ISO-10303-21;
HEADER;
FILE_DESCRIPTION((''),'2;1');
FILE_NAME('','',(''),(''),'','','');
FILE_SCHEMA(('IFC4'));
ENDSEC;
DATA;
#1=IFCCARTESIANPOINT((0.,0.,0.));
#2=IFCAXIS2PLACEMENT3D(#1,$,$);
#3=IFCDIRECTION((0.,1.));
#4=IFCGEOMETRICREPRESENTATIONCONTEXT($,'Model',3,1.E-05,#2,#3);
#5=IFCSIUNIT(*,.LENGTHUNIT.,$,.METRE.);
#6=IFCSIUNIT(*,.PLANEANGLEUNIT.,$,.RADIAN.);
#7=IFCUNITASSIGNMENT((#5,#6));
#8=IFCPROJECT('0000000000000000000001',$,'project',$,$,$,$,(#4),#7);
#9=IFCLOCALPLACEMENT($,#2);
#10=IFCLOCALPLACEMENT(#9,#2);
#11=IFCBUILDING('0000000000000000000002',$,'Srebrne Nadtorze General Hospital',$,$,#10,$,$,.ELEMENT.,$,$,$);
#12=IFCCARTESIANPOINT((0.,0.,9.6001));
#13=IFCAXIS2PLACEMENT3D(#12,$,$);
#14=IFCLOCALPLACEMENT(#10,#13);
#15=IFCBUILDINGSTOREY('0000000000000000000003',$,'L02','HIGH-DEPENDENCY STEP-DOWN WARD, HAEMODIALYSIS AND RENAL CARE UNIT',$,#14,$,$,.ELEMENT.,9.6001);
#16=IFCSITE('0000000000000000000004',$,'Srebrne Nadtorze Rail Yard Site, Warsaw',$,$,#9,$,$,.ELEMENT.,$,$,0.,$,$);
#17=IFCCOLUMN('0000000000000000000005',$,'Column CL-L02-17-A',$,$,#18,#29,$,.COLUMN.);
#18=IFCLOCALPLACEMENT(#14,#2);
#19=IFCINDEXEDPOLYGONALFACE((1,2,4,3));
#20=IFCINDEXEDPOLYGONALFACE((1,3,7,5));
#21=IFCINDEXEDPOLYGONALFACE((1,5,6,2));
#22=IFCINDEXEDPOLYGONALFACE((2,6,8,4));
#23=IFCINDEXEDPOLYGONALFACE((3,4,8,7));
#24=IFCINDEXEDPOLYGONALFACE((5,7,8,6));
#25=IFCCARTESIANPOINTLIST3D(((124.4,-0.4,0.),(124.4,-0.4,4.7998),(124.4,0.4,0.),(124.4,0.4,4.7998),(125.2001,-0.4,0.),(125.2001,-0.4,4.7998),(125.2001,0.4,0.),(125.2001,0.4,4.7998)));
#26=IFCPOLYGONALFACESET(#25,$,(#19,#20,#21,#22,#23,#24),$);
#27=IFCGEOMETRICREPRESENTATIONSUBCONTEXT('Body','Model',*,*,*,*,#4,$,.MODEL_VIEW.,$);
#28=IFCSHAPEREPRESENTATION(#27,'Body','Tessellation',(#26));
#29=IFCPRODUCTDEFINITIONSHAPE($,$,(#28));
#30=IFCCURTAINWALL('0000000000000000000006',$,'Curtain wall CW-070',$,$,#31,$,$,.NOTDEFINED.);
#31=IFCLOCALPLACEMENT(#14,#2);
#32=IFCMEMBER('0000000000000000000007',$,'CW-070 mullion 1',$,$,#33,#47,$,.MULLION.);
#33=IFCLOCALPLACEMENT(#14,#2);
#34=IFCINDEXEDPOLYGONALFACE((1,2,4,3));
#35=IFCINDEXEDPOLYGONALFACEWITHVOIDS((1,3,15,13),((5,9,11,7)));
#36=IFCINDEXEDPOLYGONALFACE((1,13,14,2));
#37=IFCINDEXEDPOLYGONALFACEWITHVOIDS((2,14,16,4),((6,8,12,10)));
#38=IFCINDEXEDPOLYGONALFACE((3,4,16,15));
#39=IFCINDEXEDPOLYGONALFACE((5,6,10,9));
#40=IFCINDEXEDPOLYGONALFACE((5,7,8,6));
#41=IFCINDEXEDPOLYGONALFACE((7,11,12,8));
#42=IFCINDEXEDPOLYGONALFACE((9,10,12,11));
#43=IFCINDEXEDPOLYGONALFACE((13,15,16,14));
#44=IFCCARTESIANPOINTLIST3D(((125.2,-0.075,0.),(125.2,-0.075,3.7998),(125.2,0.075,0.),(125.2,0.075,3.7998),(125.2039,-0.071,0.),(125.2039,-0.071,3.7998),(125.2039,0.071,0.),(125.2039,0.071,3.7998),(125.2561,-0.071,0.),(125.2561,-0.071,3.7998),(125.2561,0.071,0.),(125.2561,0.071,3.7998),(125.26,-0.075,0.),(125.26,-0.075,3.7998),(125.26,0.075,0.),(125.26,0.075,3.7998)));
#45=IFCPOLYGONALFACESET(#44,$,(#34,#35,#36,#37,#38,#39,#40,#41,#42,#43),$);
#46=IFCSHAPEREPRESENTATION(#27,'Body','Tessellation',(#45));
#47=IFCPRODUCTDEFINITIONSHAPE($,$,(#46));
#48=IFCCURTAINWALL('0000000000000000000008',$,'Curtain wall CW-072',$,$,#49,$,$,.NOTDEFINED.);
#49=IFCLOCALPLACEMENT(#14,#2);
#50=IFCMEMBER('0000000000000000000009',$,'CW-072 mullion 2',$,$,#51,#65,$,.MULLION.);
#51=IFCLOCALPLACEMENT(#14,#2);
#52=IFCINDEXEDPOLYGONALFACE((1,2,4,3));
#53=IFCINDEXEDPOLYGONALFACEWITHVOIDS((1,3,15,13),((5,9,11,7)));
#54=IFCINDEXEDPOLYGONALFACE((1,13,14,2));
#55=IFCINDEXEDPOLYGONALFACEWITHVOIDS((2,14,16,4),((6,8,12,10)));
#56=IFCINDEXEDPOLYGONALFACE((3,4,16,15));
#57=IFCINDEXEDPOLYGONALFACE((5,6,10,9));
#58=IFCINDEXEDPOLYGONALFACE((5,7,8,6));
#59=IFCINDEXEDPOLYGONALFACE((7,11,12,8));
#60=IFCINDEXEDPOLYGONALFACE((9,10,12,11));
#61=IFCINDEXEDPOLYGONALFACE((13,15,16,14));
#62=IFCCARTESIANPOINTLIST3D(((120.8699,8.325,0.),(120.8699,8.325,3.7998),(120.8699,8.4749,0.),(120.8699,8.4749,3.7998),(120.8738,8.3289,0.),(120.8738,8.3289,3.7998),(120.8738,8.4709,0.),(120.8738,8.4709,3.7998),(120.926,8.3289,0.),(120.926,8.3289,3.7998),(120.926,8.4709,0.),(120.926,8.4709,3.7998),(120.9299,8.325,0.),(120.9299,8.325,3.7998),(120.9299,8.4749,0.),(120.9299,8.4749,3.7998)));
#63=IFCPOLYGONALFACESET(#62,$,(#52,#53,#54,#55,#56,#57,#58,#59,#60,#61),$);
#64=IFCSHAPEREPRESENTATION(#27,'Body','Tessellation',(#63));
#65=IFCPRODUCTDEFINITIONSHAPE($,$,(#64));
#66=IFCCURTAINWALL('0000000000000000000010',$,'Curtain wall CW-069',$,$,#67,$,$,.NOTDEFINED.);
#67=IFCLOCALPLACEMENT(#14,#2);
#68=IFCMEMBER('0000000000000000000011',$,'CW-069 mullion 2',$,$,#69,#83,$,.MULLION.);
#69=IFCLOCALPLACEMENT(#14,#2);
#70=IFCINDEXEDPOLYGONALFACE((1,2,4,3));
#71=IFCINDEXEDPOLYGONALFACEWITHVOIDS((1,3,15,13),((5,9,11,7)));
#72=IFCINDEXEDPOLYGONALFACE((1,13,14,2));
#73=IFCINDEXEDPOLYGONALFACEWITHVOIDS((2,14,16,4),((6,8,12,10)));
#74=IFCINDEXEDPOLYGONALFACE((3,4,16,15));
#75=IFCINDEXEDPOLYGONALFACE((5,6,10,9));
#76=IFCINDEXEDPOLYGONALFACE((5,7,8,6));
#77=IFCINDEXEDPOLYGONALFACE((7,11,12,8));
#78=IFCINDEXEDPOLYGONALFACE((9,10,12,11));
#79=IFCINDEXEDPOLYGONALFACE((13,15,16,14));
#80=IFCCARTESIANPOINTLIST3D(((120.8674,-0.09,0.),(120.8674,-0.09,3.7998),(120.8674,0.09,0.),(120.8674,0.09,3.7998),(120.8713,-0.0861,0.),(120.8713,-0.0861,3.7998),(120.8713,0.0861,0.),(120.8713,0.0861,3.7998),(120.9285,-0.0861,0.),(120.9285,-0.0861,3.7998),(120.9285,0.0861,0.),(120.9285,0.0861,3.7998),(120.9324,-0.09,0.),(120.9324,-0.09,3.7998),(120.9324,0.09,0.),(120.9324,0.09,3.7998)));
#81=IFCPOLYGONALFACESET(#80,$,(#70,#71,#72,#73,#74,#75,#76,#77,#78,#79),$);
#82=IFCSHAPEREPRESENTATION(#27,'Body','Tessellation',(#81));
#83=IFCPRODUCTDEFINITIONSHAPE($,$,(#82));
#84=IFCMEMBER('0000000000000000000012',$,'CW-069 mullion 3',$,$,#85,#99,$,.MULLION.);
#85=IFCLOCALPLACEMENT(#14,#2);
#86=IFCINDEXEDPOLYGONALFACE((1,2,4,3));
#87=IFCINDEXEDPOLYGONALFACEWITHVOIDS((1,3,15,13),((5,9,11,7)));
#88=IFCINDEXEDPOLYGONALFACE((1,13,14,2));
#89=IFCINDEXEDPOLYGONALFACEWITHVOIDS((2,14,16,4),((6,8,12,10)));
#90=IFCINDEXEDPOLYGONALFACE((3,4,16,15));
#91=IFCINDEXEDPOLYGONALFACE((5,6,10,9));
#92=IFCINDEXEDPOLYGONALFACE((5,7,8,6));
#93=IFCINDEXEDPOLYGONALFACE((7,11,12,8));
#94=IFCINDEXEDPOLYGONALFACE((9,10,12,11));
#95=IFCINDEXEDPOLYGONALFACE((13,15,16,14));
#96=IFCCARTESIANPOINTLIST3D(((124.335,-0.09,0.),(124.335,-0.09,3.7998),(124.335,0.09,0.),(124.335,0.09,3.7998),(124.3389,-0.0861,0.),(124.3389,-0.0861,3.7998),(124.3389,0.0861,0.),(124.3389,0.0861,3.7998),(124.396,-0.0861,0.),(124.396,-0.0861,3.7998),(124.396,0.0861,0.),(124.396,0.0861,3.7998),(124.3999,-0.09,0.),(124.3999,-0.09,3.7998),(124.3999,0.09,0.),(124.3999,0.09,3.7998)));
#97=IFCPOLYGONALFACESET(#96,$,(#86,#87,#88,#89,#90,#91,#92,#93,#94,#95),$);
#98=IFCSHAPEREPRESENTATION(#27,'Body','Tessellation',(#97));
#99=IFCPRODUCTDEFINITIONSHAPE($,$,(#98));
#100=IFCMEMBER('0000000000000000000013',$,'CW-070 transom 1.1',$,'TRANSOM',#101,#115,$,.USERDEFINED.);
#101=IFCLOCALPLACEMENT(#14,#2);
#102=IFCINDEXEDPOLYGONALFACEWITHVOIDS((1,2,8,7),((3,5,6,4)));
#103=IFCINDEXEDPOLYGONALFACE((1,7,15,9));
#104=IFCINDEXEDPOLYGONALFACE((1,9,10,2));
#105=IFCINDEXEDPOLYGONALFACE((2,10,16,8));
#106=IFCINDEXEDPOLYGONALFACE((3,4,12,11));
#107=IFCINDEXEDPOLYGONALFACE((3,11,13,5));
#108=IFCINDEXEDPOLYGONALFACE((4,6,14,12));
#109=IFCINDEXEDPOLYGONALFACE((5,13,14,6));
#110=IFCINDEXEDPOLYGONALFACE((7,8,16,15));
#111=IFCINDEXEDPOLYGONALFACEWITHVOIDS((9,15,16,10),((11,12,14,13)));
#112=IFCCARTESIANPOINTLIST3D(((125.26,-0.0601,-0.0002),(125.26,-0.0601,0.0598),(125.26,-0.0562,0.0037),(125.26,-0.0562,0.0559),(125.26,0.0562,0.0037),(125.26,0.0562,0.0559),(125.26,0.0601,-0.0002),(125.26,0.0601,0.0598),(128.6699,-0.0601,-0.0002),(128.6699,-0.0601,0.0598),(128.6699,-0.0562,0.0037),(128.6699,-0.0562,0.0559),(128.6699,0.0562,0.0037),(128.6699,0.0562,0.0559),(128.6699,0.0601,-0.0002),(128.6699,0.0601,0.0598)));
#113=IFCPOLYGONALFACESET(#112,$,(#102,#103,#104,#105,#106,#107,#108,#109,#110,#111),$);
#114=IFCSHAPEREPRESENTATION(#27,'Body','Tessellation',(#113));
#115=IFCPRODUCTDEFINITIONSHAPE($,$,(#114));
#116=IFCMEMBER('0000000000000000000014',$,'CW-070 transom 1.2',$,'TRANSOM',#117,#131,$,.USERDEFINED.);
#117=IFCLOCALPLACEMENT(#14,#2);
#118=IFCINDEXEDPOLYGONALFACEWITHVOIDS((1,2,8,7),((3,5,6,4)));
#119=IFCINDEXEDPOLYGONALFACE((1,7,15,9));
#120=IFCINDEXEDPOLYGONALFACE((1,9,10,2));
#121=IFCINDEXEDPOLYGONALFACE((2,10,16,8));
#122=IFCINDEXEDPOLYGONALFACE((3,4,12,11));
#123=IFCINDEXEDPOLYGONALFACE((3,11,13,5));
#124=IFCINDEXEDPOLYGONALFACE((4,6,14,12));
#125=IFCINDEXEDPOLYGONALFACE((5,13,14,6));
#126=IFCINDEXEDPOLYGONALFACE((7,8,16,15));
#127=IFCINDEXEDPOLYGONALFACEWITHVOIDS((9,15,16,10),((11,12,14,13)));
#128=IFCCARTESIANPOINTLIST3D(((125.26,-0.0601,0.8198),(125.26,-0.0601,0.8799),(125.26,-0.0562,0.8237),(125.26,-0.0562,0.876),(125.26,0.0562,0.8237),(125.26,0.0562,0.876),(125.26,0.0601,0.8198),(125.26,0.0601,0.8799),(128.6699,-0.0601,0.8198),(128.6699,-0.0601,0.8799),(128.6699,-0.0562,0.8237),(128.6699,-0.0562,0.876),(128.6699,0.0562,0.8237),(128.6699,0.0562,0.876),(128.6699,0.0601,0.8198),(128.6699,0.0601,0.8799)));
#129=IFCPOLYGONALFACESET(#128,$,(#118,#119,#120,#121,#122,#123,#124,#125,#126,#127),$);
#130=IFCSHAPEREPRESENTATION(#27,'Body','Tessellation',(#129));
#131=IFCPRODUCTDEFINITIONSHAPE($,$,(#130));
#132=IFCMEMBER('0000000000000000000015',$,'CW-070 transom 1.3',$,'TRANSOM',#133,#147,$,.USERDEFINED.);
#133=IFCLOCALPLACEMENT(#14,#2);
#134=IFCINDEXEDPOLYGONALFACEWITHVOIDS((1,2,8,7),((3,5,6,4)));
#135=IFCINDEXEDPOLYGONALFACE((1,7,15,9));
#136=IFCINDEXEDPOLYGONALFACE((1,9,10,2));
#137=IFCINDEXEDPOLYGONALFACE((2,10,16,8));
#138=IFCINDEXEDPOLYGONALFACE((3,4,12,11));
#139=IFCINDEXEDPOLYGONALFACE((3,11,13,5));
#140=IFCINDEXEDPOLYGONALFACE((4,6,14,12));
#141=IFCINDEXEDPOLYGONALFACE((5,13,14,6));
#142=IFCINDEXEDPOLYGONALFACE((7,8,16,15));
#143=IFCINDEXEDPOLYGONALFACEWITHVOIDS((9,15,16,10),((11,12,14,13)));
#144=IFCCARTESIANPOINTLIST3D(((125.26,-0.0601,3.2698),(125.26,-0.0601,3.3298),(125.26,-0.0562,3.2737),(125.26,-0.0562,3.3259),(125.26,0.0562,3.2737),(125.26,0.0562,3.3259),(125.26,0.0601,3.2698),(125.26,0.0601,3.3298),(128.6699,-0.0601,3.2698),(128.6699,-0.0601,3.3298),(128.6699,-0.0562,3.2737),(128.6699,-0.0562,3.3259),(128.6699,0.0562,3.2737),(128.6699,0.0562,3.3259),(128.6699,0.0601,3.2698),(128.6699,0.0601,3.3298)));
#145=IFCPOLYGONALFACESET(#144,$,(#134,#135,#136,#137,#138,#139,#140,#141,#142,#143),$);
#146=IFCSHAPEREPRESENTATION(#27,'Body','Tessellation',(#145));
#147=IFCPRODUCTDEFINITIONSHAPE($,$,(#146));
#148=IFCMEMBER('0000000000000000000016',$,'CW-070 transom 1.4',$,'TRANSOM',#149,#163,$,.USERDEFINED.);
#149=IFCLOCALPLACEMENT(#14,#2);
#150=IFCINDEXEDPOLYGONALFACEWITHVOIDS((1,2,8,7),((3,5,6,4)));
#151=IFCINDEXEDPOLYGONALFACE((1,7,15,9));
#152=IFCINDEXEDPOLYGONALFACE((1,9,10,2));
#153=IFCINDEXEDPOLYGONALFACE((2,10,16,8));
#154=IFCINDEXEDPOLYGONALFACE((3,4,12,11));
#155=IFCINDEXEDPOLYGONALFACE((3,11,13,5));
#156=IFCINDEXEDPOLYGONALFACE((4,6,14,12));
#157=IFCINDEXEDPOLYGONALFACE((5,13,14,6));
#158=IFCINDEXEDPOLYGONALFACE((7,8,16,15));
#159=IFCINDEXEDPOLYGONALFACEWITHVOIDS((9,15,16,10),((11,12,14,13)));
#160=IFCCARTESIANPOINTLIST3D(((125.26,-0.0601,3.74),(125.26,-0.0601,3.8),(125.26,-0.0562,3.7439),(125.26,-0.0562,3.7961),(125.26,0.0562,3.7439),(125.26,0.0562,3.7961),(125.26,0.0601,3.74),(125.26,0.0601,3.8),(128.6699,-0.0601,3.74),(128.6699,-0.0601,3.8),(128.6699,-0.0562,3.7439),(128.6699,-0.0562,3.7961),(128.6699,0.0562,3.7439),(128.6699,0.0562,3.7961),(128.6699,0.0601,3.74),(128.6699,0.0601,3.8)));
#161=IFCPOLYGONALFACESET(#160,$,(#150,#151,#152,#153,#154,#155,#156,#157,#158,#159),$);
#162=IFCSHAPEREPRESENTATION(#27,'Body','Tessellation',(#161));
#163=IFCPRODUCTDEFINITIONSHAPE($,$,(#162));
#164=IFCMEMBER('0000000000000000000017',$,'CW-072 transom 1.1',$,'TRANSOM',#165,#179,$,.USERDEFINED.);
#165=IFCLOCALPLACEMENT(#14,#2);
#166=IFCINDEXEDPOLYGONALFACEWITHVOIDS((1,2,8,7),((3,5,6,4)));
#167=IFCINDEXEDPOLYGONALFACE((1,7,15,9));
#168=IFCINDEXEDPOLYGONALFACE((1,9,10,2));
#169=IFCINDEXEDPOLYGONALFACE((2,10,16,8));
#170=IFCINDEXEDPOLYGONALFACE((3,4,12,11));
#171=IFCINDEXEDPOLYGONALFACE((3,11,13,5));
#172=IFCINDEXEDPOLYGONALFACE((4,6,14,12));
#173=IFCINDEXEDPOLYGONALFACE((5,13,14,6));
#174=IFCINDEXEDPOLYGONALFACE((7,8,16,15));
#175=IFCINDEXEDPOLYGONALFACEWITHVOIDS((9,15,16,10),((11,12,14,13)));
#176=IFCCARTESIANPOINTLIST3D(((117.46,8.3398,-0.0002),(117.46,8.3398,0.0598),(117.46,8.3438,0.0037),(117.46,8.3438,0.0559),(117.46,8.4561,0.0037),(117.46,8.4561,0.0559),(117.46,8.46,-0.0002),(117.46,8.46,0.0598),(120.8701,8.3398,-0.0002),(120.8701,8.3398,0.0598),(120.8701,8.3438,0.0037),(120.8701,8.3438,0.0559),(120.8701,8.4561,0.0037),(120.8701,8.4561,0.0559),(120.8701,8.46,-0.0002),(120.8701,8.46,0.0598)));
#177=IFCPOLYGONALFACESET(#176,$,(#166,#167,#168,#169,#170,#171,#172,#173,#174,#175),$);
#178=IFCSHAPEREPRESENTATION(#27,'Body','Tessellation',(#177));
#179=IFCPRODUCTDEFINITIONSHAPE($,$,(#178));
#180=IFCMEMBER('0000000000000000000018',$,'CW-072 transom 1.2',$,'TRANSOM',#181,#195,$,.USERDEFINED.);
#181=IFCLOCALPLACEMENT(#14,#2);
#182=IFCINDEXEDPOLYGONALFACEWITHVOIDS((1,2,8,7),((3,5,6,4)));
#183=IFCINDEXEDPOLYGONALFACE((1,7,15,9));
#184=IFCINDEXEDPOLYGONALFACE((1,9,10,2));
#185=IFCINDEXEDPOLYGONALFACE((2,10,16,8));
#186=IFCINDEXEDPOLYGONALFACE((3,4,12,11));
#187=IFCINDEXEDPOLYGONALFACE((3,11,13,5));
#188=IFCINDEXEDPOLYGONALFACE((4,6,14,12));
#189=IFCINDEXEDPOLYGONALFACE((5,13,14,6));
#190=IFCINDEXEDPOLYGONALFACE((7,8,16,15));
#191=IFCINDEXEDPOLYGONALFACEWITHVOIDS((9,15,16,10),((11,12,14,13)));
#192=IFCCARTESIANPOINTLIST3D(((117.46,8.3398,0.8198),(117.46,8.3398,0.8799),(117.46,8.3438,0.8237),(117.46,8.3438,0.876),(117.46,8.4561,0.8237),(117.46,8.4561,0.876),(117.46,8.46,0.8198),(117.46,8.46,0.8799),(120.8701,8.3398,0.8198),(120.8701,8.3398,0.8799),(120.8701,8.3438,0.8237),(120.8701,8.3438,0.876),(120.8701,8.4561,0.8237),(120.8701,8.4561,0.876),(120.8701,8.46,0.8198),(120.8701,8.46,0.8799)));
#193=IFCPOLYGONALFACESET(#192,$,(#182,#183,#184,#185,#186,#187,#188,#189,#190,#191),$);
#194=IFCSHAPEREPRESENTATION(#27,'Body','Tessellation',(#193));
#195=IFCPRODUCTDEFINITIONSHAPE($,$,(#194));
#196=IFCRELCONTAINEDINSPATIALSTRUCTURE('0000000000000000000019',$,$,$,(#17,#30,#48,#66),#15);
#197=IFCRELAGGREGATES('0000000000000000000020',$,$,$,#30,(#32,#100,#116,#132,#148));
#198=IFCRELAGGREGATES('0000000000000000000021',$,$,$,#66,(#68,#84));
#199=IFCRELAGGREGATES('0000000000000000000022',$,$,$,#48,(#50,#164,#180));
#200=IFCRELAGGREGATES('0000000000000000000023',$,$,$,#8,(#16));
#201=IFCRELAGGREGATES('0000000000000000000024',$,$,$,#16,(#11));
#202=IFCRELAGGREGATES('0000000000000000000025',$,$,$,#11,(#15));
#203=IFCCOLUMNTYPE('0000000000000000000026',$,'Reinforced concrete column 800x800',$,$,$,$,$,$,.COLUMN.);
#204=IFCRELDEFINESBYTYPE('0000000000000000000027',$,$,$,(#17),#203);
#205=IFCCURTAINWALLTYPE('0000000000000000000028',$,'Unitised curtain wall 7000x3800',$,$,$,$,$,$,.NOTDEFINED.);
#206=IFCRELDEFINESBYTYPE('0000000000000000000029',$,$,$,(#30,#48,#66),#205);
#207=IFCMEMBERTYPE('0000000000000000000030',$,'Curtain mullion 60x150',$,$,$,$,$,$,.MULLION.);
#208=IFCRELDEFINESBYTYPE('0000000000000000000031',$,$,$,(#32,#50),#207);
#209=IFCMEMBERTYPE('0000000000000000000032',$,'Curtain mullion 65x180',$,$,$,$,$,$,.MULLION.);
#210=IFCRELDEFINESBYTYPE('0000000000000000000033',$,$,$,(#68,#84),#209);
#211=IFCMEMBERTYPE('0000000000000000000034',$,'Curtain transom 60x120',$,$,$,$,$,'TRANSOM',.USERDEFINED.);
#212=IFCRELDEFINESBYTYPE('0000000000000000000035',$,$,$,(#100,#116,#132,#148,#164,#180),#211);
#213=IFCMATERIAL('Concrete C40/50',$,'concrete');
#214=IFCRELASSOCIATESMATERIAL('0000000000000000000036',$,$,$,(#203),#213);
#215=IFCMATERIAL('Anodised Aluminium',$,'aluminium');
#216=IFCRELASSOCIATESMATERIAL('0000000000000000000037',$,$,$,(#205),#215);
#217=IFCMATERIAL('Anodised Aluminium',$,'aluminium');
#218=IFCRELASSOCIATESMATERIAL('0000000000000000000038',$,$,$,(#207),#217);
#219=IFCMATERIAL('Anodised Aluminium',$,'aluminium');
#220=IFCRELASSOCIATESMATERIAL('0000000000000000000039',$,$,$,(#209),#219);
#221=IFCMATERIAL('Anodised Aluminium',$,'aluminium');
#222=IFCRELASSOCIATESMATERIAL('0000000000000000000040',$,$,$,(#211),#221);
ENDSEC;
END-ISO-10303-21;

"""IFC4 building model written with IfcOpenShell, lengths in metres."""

from ifc_helpers import new_model, si_unit, direction, frame, origin, origin_2d, place, context, subcontext, project, spatial, rectangle, hollow_rectangle, extrude, material, material_profile, profile_set, type_object, element, aggregate, save


model = new_model("IFC4")

# Units and contexts
model_context = context("Model", 3, precision=1e-05, world=origin(), true_north=direction((0.0, 1.0)))
body_context = subcontext(model_context, "Body", "Model", "MODEL_VIEW")
ifc_project = project(units=[si_unit("LENGTHUNIT", "METRE"), si_unit("PLANEANGLEUNIT", "RADIAN")], contexts=[model_context])

# Site, building, storey
site_placement = place(None, origin())
site = spatial("IfcSite", under=ifc_project, at=site_placement, Name="Srebrne Nadtorze Rail Yard Site, Warsaw", CompositionType="ELEMENT", RefElevation=0.0)
building_placement = place(site_placement, origin())
building = spatial("IfcBuilding", under=site, at=building_placement, Name="Srebrne Nadtorze General Hospital", CompositionType="ELEMENT")
storey_placement = place(building_placement, frame((0.0, 0.0, 9.6001)))
storey = spatial("IfcBuildingStorey", under=building, at=storey_placement, Name="L02", Description="HIGH-DEPENDENCY STEP-DOWN WARD, HAEMODIALYSIS AND RENAL CARE UNIT", CompositionType="ELEMENT", Elevation=9.6001)

# Column
ifc_material_1 = material(Name="Concrete C40/50", Category="concrete")
ifc_material_profile_1 = material_profile(ifc_material_1, rectangle(XDim=0.8, YDim=0.8, at=origin_2d()), Name="RC-COL-800x800")
ifc_profile_set_1 = profile_set([ifc_material_profile_1], Name="Concrete C40/50")
column_type = type_object("IfcColumnType", Name="Reinforced concrete column 800x800", PredefinedType="COLUMN", material=ifc_profile_set_1)
column_placement = place(storey_placement, frame((124.8, 0.0, 0.0), z_axis=(0.0, 0.0, 1.0), x_axis=(1.0, 0.0, 0.0)))
element("IfcColumn", 1, at=column_placement, inside=storey, type_object=column_type, Name="Column CL-L02-17-A", PredefinedType="COLUMN", context=body_context, shape_type="SweptSolid", body=[
    extrude(rectangle(XDim=0.8, YDim=0.8, at=origin_2d()), origin(), (0.0, 0.0, 1.0), 4.7998),
])

# Curtain walls, members
ifc_material_2 = material(Name="Anodised Aluminium", Category="aluminium")
curtain_wall_type = type_object("IfcCurtainWallType", Name="Unitised curtain wall 7000x3800", PredefinedType="NOTDEFINED", material=ifc_material_2)
curtain_wall_1_placement = place(storey_placement, origin())
curtain_wall_1 = element("IfcCurtainWall", 2, at=curtain_wall_1_placement, inside=storey, type_object=curtain_wall_type, Name="Curtain wall CW-070", PredefinedType="NOTDEFINED")
ifc_material_3 = material(Name="Anodised Aluminium", Category="aluminium")
ifc_material_profile_2 = material_profile(ifc_material_3, hollow_rectangle(XDim=0.0601, YDim=0.1499, WallThickness=0.0039, at=origin_2d()), Name="AL-MUL-60x150")
ifc_profile_set_2 = profile_set([ifc_material_profile_2], Name="Anodised Aluminium")
member_type_1 = type_object("IfcMemberType", Name="Curtain mullion 60x150", PredefinedType="MULLION", material=ifc_profile_set_2)
member_1_placement = place(storey_placement, frame((125.23, 0.0, 0.0), z_axis=(0.0, 0.0, 1.0), x_axis=(1.0, 0.0, 0.0)))
member_1 = element("IfcMember", 3, at=member_1_placement, type_object=member_type_1, Name="CW-070 mullion 1", PredefinedType="MULLION", context=body_context, shape_type="SweptSolid", body=[
    extrude(hollow_rectangle(XDim=0.0601, YDim=0.1499, WallThickness=0.0039, at=origin_2d()), origin(), (0.0, 0.0, 1.0), 3.7998),
])
curtain_wall_2_placement = place(storey_placement, origin())
curtain_wall_2 = element("IfcCurtainWall", 4, at=curtain_wall_2_placement, inside=storey, type_object=curtain_wall_type, Name="Curtain wall CW-072", PredefinedType="NOTDEFINED")
member_2_placement = place(storey_placement, frame((120.8999, 8.3999, 0.0), z_axis=(0.0, 0.0, 1.0), x_axis=(1.0, 0.0, 0.0)))
member_2 = element("IfcMember", 5, at=member_2_placement, type_object=member_type_1, Name="CW-072 mullion 2", PredefinedType="MULLION", context=body_context, shape_type="SweptSolid", body=[
    extrude(hollow_rectangle(XDim=0.0601, YDim=0.1499, WallThickness=0.0039, at=origin_2d()), origin(), (0.0, 0.0, 1.0), 3.7998),
])

# Curtain wall, members
curtain_wall_3_placement = place(storey_placement, origin())
curtain_wall_3 = element("IfcCurtainWall", 6, at=curtain_wall_3_placement, inside=storey, type_object=curtain_wall_type, Name="Curtain wall CW-069", PredefinedType="NOTDEFINED")
ifc_material_4 = material(Name="Anodised Aluminium", Category="aluminium")
ifc_material_profile_3 = material_profile(ifc_material_4, hollow_rectangle(XDim=0.0649, YDim=0.1799, WallThickness=0.0039, at=origin_2d()), Name="AL-MUL-65x180")
ifc_profile_set_3 = profile_set([ifc_material_profile_3], Name="Anodised Aluminium")
member_type_2 = type_object("IfcMemberType", Name="Curtain mullion 65x180", PredefinedType="MULLION", material=ifc_profile_set_3)
member_3_placement = place(storey_placement, frame((120.8999, 0.0, 0.0), z_axis=(0.0, 0.0, 1.0), x_axis=(1.0, 0.0, 0.0)))
member_3 = element("IfcMember", 7, at=member_3_placement, type_object=member_type_2, Name="CW-069 mullion 2", PredefinedType="MULLION", context=body_context, shape_type="SweptSolid", body=[
    extrude(hollow_rectangle(XDim=0.0649, YDim=0.1799, WallThickness=0.0039, at=origin_2d()), origin(), (0.0, 0.0, 1.0), 3.7998),
])
member_4_placement = place(storey_placement, frame((124.3674, 0.0, 0.0), z_axis=(0.0, 0.0, 1.0), x_axis=(1.0, 0.0, 0.0)))
member_4 = element("IfcMember", 8, at=member_4_placement, type_object=member_type_2, Name="CW-069 mullion 3", PredefinedType="MULLION", context=body_context, shape_type="SweptSolid", body=[
    extrude(hollow_rectangle(XDim=0.0649, YDim=0.1799, WallThickness=0.0039, at=origin_2d()), origin(), (0.0, 0.0, 1.0), 3.7998),
])

# Members
ifc_material_5 = material(Name="Anodised Aluminium", Category="aluminium")
ifc_material_profile_4 = material_profile(ifc_material_5, hollow_rectangle(XDim=0.0601, YDim=0.1201, WallThickness=0.0039, at=origin_2d()), Name="AL-TRN-60x120")
ifc_profile_set_4 = profile_set([ifc_material_profile_4], Name="Anodised Aluminium")
member_type_3 = type_object("IfcMemberType", Name="Curtain transom 60x120", ElementType="TRANSOM", PredefinedType="USERDEFINED", material=ifc_profile_set_4)
member_5_placement = place(storey_placement, frame((125.26, 0.0, 0.0298), z_axis=(1.0, 0.0, 0.0), x_axis=(0.0, 0.0, 1.0)))
member_5 = element("IfcMember", 9, at=member_5_placement, type_object=member_type_3, Name="CW-070 transom 1.1", ObjectType="TRANSOM", PredefinedType="USERDEFINED", context=body_context, shape_type="SweptSolid", body=[
    extrude(hollow_rectangle(XDim=0.0601, YDim=0.1201, WallThickness=0.0039, at=origin_2d()), origin(), (0.0, 0.0, 1.0), 3.4099),
])
member_6_placement = place(storey_placement, frame((125.26, 0.0, 0.8499), z_axis=(1.0, 0.0, 0.0), x_axis=(0.0, 0.0, 1.0)))
member_6 = element("IfcMember", 10, at=member_6_placement, type_object=member_type_3, Name="CW-070 transom 1.2", ObjectType="TRANSOM", PredefinedType="USERDEFINED", context=body_context, shape_type="SweptSolid", body=[
    extrude(hollow_rectangle(XDim=0.0601, YDim=0.1201, WallThickness=0.0039, at=origin_2d()), origin(), (0.0, 0.0, 1.0), 3.4099),
])
member_7_placement = place(storey_placement, frame((125.26, 0.0, 3.2998), z_axis=(1.0, 0.0, 0.0), x_axis=(0.0, 0.0, 1.0)))
member_7 = element("IfcMember", 11, at=member_7_placement, type_object=member_type_3, Name="CW-070 transom 1.3", ObjectType="TRANSOM", PredefinedType="USERDEFINED", context=body_context, shape_type="SweptSolid", body=[
    extrude(hollow_rectangle(XDim=0.0601, YDim=0.1201, WallThickness=0.0039, at=origin_2d()), origin(), (0.0, 0.0, 1.0), 3.4099),
])
member_8_placement = place(storey_placement, frame((125.26, 0.0, 3.77), z_axis=(1.0, 0.0, 0.0), x_axis=(0.0, 0.0, 1.0)))
member_8 = element("IfcMember", 12, at=member_8_placement, type_object=member_type_3, Name="CW-070 transom 1.4", ObjectType="TRANSOM", PredefinedType="USERDEFINED", context=body_context, shape_type="SweptSolid", body=[
    extrude(hollow_rectangle(XDim=0.0601, YDim=0.1201, WallThickness=0.0039, at=origin_2d()), origin(), (0.0, 0.0, 1.0), 3.4099),
])
aggregate(curtain_wall_1, [member_1, member_5, member_6, member_7, member_8])
member_9_placement = place(storey_placement, frame((117.46, 8.3999, 0.0298), z_axis=(1.0, 0.0, 0.0), x_axis=(0.0, 0.0, 1.0)))
member_9 = element("IfcMember", 13, at=member_9_placement, type_object=member_type_3, Name="CW-072 transom 1.1", ObjectType="TRANSOM", PredefinedType="USERDEFINED", context=body_context, shape_type="SweptSolid", body=[
    extrude(hollow_rectangle(XDim=0.0601, YDim=0.1201, WallThickness=0.0039, at=origin_2d()), origin(), (0.0, 0.0, 1.0), 3.4102),
])
member_10_placement = place(storey_placement, frame((117.46, 8.3999, 0.8499), z_axis=(1.0, 0.0, 0.0), x_axis=(0.0, 0.0, 1.0)))
member_10 = element("IfcMember", 14, at=member_10_placement, type_object=member_type_3, Name="CW-072 transom 1.2", ObjectType="TRANSOM", PredefinedType="USERDEFINED", context=body_context, shape_type="SweptSolid", body=[
    extrude(hollow_rectangle(XDim=0.0601, YDim=0.1201, WallThickness=0.0039, at=origin_2d()), origin(), (0.0, 0.0, 1.0), 3.4102),
])

aggregate(curtain_wall_3, [member_3, member_4])
aggregate(curtain_wall_2, [member_2, member_9, member_10])

save(model, "model.ifc")
